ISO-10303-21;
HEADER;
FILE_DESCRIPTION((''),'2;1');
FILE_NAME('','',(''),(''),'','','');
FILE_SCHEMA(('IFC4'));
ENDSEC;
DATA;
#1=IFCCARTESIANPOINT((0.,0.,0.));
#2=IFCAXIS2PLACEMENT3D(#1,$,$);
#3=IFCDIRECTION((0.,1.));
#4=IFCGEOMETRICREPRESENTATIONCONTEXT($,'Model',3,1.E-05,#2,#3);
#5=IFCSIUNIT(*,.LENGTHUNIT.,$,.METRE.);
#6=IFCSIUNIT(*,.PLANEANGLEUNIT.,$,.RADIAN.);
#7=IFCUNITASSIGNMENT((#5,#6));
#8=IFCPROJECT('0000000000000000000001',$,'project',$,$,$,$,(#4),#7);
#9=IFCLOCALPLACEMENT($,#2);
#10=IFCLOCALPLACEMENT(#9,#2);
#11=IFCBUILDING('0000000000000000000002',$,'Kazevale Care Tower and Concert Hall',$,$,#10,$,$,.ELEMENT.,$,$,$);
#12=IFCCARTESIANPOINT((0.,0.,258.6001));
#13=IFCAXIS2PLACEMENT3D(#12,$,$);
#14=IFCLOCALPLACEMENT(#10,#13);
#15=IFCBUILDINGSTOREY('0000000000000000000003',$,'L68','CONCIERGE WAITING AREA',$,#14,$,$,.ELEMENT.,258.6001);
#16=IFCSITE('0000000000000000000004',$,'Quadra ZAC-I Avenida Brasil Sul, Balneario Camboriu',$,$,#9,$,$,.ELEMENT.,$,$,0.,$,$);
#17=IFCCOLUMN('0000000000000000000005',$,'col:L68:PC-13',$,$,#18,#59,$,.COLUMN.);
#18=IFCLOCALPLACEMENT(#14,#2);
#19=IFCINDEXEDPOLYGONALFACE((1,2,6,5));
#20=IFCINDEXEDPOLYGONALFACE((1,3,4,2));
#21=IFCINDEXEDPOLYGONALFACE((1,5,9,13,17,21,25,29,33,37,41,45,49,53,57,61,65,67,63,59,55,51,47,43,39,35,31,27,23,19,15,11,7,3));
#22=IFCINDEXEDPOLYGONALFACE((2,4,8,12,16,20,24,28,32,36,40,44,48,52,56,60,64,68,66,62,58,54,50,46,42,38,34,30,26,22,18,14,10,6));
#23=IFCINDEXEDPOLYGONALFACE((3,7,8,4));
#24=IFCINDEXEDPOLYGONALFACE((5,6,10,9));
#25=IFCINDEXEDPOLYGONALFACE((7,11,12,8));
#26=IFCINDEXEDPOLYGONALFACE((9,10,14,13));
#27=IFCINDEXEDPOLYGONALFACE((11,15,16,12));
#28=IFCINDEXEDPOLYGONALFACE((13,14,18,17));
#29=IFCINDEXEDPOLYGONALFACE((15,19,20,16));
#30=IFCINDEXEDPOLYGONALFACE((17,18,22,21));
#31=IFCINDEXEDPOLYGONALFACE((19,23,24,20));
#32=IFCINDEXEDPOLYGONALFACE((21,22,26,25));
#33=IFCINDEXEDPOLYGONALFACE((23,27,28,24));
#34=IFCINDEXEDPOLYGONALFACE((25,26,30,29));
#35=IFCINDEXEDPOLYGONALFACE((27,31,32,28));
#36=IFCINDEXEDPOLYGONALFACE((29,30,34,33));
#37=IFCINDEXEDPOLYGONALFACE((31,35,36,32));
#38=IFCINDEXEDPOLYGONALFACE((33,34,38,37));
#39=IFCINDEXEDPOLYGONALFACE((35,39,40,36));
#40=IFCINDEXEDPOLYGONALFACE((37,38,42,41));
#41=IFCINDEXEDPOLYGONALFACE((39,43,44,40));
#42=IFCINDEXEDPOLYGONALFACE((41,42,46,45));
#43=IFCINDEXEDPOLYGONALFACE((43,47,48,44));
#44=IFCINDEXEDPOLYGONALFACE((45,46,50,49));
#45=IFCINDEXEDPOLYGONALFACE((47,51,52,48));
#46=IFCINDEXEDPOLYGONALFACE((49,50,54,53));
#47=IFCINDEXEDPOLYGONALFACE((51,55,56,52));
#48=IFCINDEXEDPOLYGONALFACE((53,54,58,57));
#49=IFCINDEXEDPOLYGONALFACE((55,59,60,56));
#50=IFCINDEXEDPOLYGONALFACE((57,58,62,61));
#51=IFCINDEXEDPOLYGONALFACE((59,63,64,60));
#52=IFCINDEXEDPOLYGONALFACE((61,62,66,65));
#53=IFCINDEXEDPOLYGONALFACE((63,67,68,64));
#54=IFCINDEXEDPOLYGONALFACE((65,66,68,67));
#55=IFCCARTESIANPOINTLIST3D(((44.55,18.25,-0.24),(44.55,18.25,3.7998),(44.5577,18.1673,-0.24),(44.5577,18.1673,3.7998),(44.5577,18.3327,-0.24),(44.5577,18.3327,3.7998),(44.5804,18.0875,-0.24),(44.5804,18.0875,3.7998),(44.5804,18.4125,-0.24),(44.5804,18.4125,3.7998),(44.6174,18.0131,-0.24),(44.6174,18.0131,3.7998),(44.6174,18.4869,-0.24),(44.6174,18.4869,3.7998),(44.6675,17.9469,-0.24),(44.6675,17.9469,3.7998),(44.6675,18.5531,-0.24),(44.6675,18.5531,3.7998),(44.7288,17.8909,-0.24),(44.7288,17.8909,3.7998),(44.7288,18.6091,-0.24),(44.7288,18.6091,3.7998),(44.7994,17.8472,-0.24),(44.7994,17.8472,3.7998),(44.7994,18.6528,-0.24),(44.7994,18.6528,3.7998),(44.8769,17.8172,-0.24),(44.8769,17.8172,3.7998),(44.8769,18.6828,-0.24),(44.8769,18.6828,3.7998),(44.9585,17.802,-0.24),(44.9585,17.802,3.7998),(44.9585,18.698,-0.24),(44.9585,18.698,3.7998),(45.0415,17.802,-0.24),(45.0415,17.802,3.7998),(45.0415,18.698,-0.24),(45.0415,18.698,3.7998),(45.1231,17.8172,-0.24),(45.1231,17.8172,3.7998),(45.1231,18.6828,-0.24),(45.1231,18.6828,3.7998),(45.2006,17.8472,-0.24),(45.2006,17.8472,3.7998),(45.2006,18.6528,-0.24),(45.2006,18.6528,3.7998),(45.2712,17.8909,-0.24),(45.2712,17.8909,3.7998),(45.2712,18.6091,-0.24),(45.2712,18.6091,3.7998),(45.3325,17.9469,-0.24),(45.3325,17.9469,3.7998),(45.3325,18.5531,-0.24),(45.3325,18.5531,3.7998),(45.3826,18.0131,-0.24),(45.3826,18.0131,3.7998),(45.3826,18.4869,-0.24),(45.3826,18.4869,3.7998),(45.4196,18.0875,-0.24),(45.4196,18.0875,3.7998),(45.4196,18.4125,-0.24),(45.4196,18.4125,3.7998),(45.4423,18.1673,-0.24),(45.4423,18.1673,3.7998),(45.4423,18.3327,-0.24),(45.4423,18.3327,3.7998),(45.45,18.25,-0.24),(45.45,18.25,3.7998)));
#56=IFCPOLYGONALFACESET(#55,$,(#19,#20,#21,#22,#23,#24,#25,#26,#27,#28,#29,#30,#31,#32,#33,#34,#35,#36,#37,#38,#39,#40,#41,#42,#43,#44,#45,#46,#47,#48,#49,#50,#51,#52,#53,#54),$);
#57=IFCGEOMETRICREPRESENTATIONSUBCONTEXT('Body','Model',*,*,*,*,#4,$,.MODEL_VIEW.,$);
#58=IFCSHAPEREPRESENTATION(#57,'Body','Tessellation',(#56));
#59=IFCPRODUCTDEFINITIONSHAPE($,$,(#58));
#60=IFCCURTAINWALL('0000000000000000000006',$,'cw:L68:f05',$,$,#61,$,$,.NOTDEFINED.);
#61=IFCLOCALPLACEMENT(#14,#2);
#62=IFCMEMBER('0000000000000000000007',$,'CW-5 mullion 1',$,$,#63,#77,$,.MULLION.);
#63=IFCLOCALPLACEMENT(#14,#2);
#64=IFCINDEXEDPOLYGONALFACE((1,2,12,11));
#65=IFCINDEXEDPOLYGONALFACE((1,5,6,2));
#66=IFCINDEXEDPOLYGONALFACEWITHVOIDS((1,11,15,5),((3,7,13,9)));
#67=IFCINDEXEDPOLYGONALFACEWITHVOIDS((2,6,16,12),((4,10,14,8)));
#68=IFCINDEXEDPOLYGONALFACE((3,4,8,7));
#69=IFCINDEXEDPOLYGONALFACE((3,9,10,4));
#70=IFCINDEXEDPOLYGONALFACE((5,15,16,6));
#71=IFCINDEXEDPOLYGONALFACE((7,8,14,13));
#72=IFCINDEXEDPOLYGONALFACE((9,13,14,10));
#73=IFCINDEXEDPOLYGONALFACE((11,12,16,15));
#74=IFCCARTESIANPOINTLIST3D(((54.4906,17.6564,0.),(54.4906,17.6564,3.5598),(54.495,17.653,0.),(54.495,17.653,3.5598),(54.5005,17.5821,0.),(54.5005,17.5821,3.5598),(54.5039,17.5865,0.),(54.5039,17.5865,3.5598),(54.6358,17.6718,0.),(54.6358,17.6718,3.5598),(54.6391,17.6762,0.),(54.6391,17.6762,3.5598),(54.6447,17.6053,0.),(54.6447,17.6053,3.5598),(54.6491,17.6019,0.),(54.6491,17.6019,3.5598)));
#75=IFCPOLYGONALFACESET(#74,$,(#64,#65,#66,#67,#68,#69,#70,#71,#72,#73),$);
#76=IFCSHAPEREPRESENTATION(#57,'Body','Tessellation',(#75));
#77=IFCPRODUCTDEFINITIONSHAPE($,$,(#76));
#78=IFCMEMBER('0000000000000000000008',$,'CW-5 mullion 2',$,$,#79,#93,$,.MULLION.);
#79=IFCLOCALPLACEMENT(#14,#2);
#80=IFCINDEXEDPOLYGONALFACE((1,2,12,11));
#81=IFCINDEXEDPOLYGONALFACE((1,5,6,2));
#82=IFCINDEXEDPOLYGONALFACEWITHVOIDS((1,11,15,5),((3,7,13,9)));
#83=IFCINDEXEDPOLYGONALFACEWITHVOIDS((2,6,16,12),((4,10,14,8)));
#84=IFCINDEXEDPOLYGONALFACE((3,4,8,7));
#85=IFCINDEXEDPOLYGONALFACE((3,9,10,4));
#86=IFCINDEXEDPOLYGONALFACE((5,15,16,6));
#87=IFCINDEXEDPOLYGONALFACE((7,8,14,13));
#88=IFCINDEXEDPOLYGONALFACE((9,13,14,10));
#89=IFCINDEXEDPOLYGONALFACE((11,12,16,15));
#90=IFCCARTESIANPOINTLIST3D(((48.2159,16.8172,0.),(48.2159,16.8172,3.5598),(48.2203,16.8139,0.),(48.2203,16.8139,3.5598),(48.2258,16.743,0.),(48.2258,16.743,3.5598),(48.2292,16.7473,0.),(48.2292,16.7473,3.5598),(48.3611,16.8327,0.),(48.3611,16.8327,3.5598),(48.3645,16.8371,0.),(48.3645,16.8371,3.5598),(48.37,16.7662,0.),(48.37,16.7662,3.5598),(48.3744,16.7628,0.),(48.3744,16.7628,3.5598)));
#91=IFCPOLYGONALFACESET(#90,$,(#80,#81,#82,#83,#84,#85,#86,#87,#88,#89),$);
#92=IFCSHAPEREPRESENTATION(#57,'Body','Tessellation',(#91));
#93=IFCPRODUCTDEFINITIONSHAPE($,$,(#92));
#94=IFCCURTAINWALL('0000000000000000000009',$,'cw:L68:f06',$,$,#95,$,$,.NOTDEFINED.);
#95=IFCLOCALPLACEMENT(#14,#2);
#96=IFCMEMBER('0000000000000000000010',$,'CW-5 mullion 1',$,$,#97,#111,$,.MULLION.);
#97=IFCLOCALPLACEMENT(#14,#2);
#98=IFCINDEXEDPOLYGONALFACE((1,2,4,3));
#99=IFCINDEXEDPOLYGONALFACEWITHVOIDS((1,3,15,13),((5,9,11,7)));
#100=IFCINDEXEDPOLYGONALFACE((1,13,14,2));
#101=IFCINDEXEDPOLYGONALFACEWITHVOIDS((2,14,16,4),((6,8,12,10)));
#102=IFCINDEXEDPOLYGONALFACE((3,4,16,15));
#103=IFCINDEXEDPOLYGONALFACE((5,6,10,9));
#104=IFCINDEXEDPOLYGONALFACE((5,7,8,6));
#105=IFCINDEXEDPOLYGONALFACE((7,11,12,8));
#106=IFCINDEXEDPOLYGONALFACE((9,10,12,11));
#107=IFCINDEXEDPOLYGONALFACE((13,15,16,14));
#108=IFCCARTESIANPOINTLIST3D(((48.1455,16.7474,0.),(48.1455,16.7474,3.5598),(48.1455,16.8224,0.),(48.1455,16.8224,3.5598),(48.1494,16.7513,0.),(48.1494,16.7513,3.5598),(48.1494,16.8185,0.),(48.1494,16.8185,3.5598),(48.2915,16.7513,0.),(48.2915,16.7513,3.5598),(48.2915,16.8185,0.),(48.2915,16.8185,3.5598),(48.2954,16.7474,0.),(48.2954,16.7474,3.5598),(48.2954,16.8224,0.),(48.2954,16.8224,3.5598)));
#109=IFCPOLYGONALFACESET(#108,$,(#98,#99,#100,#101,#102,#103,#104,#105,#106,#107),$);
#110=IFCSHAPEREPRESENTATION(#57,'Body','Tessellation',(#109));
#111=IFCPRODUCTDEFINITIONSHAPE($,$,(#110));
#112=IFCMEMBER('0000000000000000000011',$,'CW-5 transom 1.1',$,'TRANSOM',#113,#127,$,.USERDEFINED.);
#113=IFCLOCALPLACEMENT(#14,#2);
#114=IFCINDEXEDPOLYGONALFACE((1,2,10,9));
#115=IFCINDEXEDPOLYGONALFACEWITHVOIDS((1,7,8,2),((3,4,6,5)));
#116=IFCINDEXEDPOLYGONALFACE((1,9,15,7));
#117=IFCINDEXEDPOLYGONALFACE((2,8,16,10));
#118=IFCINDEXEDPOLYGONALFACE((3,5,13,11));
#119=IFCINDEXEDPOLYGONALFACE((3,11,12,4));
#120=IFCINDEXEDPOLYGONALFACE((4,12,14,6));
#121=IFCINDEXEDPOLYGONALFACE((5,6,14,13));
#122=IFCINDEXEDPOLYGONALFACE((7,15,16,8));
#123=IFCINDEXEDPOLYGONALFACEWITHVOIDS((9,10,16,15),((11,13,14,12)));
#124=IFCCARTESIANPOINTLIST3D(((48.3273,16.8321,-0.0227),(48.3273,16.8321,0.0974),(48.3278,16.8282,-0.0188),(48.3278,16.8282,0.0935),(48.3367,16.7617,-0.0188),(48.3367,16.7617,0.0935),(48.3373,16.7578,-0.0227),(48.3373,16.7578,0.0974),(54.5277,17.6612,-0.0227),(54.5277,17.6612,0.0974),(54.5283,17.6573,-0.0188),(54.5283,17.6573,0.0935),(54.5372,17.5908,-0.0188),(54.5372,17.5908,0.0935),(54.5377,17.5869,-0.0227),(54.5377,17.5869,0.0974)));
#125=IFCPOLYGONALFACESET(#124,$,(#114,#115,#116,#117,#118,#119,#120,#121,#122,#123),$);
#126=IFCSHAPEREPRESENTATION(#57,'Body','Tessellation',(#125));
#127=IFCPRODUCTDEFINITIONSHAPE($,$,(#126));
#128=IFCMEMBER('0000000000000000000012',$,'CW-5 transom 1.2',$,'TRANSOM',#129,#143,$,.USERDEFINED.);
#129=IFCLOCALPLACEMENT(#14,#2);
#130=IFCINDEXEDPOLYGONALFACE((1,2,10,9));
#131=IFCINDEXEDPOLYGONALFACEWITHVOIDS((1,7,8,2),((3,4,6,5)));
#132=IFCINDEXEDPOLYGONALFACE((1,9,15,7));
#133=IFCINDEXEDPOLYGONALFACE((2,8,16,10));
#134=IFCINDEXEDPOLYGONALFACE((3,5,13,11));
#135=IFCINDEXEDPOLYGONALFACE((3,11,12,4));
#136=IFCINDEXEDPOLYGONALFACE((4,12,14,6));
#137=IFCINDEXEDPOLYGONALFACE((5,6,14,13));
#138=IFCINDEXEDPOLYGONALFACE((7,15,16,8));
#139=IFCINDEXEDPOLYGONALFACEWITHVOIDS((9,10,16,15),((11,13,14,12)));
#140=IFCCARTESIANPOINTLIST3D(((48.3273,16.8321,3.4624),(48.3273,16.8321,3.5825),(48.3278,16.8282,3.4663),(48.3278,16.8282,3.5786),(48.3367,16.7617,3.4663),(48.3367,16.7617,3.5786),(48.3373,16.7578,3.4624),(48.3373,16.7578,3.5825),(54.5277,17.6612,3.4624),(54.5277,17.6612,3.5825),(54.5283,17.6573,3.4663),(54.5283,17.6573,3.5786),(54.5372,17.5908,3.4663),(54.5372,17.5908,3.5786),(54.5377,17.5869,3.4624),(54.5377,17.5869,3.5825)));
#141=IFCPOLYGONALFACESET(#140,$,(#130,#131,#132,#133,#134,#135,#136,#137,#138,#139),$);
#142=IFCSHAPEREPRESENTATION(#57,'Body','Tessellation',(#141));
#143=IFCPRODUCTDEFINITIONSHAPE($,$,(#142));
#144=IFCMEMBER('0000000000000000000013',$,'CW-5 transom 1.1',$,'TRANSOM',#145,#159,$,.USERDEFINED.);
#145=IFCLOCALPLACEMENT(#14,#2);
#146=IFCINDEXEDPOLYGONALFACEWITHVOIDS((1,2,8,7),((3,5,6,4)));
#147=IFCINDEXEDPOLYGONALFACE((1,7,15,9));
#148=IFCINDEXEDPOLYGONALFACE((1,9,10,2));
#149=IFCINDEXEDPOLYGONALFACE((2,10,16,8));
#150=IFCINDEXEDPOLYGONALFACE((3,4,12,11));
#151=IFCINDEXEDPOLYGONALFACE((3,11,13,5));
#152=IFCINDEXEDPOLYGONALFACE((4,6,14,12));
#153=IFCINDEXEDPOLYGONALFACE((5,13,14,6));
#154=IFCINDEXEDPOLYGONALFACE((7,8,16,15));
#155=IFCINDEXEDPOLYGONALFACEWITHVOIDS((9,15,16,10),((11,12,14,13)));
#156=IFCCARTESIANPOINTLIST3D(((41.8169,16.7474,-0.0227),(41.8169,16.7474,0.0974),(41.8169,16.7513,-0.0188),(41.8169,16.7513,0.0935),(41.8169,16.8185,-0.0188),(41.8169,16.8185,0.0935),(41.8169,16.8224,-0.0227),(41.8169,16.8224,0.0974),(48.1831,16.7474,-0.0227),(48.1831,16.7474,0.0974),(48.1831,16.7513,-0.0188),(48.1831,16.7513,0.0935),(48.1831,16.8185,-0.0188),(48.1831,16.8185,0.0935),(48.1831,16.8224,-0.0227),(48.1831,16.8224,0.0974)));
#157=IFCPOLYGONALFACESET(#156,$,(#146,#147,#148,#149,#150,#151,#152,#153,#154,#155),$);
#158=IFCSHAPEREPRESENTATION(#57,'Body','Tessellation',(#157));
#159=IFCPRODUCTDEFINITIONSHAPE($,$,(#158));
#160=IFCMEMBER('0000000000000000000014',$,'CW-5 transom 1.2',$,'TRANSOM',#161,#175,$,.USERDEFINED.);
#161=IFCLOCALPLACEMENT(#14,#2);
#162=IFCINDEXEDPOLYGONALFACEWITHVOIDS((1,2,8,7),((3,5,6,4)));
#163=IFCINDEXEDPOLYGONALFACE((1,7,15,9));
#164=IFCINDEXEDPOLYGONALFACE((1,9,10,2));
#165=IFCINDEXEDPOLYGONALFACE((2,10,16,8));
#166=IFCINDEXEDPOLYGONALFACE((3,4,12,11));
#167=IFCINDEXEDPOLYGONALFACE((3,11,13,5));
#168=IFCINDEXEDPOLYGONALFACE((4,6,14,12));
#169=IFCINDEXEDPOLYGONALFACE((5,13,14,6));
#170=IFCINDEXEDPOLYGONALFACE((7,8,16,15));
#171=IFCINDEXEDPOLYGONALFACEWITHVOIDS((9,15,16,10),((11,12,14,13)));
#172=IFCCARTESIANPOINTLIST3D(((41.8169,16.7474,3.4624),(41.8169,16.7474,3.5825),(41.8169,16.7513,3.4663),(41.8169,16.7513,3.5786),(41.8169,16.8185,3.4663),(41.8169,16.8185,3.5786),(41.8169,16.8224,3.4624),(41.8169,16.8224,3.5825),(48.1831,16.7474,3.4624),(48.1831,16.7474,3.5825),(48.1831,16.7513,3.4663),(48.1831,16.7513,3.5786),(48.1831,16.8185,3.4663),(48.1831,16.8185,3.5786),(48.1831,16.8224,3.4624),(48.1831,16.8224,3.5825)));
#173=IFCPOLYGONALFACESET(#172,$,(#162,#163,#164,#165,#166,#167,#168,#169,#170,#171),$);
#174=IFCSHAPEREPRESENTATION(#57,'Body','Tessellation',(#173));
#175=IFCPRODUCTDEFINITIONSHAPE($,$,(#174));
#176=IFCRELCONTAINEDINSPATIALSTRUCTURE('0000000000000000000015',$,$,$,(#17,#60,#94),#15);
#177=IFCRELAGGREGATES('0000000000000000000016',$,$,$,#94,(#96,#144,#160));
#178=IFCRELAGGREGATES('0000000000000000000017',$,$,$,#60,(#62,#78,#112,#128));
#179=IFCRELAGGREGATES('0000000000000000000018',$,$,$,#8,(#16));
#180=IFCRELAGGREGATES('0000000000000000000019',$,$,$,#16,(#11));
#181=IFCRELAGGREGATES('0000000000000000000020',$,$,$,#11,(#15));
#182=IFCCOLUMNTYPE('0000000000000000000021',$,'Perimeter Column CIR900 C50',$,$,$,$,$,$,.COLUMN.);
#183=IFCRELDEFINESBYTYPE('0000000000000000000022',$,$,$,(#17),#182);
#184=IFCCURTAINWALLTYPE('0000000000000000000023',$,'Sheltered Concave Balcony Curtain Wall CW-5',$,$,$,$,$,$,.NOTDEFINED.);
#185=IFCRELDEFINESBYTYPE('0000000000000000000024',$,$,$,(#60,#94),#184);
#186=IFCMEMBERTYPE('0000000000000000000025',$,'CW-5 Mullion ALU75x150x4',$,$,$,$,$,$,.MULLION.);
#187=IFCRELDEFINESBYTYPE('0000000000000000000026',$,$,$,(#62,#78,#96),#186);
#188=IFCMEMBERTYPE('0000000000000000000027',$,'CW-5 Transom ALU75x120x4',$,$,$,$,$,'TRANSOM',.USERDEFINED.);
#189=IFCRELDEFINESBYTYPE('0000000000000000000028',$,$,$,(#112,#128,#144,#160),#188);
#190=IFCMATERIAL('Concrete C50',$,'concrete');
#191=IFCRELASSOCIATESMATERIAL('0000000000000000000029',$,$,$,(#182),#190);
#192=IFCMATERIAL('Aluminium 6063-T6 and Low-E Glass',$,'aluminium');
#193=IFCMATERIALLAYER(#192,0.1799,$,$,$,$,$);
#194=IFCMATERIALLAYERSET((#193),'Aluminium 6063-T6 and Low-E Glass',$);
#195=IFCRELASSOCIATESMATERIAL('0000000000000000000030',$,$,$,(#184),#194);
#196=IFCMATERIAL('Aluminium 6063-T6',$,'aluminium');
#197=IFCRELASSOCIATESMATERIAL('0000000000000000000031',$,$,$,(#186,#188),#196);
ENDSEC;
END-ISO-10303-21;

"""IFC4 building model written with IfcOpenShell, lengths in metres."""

from ifc_helpers import new_model, si_unit, direction, frame, origin, origin_2d, place, context, subcontext, project, spatial, hollow_rectangle, circle, extrude, material, layer, layer_set, material_profile, profile_set, type_object, element, aggregate, save


model = new_model("IFC4")

# Units and contexts
model_context = context("Model", 3, precision=1e-05, world=origin(), true_north=direction((0.0, 1.0)))
body_context = subcontext(model_context, "Body", "Model", "MODEL_VIEW")
ifc_project = project(units=[si_unit("LENGTHUNIT", "METRE"), si_unit("PLANEANGLEUNIT", "RADIAN")], contexts=[model_context])

# Site, building, storey
site_placement = place(None, origin())
site = spatial("IfcSite", under=ifc_project, at=site_placement, Name="Quadra ZAC-I Avenida Brasil Sul, Balneario Camboriu", CompositionType="ELEMENT", RefElevation=0.0)
building_placement = place(site_placement, origin())
building = spatial("IfcBuilding", under=site, at=building_placement, Name="Kazevale Care Tower and Concert Hall", CompositionType="ELEMENT")
storey_placement = place(building_placement, frame((0.0, 0.0, 258.6001)))
storey = spatial("IfcBuildingStorey", under=building, at=storey_placement, Name="L68", Description="CONCIERGE WAITING AREA", CompositionType="ELEMENT", Elevation=258.6001)

# Column
ifc_material_1 = material(Name="Concrete C50", Category="concrete")
ifc_material_profile_1 = material_profile(ifc_material_1, circle(Radius=0.45, at=origin_2d()), Name="RC-CIR900")
ifc_profile_set_1 = profile_set([ifc_material_profile_1], Name="Concrete C50")
column_type = type_object("IfcColumnType", Name="Perimeter Column CIR900 C50", PredefinedType="COLUMN", material=ifc_profile_set_1)
column_placement = place(storey_placement, frame((45.0, 18.25, -0.24), z_axis=(0.0, 0.0, 1.0), x_axis=(1.0, 0.0, 0.0)))
element("IfcColumn", 1, at=column_placement, inside=storey, type_object=column_type, Name="col:L68:PC-13", PredefinedType="COLUMN", context=body_context, shape_type="SweptSolid", body=[
    extrude(circle(Radius=0.45, at=origin_2d()), origin(), (0.0, 0.0, 1.0), 4.0398),
])

# Curtain wall, members
ifc_material_2 = material(Name="Aluminium 6063-T6 and Low-E Glass", Category="aluminium")
ifc_layer_1 = layer(ifc_material_2, 0.1799)
ifc_layer_set_1 = layer_set([ifc_layer_1], Name="Aluminium 6063-T6 and Low-E Glass")
curtain_wall_type = type_object("IfcCurtainWallType", Name="Sheltered Concave Balcony Curtain Wall CW-5", PredefinedType="NOTDEFINED", material=ifc_layer_set_1)
curtain_wall_1_placement = place(storey_placement, origin())
curtain_wall_1 = element("IfcCurtainWall", 2, at=curtain_wall_1_placement, inside=storey, type_object=curtain_wall_type, Name="cw:L68:f05", PredefinedType="NOTDEFINED")
ifc_material_3 = material(Name="Aluminium 6063-T6", Category="aluminium")
ifc_material_profile_2 = material_profile(ifc_material_3, hollow_rectangle(XDim=0.075, YDim=0.1499, WallThickness=0.0039, at=origin_2d()), Name="ALU75x150x4")
ifc_profile_set_2 = profile_set([ifc_material_profile_2], Name="Aluminium 6063-T6")
member_type_1 = type_object("IfcMemberType", Name="CW-5 Mullion ALU75x150x4", PredefinedType="MULLION", material=ifc_profile_set_2)
member_1_placement = place(storey_placement, frame((54.5698, 17.6292, 0.0), z_axis=(0.0, 0.0, 1.0), x_axis=(0.132542, -0.991177, 0.0)))
member_1 = element("IfcMember", 3, at=member_1_placement, type_object=member_type_1, Name="CW-5 mullion 1", PredefinedType="MULLION", context=body_context, shape_type="SweptSolid", body=[
    extrude(hollow_rectangle(XDim=0.075, YDim=0.1499, WallThickness=0.0039, at=origin_2d()), origin(), (0.0, 0.0, 1.0), 3.5598),
])
member_2_placement = place(storey_placement, frame((48.2952, 16.79, 0.0), z_axis=(0.0, 0.0, 1.0), x_axis=(0.132542, -0.991177, 0.0)))
member_2 = element("IfcMember", 4, at=member_2_placement, type_object=member_type_1, Name="CW-5 mullion 2", PredefinedType="MULLION", context=body_context, shape_type="SweptSolid", body=[
    extrude(hollow_rectangle(XDim=0.075, YDim=0.1499, WallThickness=0.0039, at=origin_2d()), origin(), (0.0, 0.0, 1.0), 3.5598),
])

# Curtain wall, member
curtain_wall_2_placement = place(storey_placement, origin())
curtain_wall_2 = element("IfcCurtainWall", 5, at=curtain_wall_2_placement, inside=storey, type_object=curtain_wall_type, Name="cw:L68:f06", PredefinedType="NOTDEFINED")
member_3_placement = place(storey_placement, frame((48.2205, 16.7849, 0.0), z_axis=(0.0, 0.0, 1.0), x_axis=(0.0, -1.0, 0.0)))
member_3 = element("IfcMember", 6, at=member_3_placement, type_object=member_type_1, Name="CW-5 mullion 1", PredefinedType="MULLION", context=body_context, shape_type="SweptSolid", body=[
    extrude(hollow_rectangle(XDim=0.075, YDim=0.1499, WallThickness=0.0039, at=origin_2d()), origin(), (0.0, 0.0, 1.0), 3.5598),
])

# Members
ifc_material_profile_3 = material_profile(ifc_material_3, hollow_rectangle(XDim=0.075, YDim=0.1201, WallThickness=0.0039, at=origin_2d()), Name="ALU75x120x4")
ifc_profile_set_3 = profile_set([ifc_material_profile_3], Name="Aluminium 6063-T6")
member_type_2 = type_object("IfcMemberType", Name="CW-5 Transom ALU75x120x4", ElementType="TRANSOM", PredefinedType="USERDEFINED", material=ifc_profile_set_3)
member_4_placement = place(storey_placement, frame((54.5327, 17.624, 0.0374), z_axis=(-0.991178, -0.132537, 0.0), x_axis=(0.132537, -0.991178, 0.0)))
member_4 = element("IfcMember", 7, at=member_4_placement, type_object=member_type_2, Name="CW-5 transom 1.1", ObjectType="TRANSOM", PredefinedType="USERDEFINED", context=body_context, shape_type="SweptSolid", body=[
    extrude(hollow_rectangle(XDim=0.075, YDim=0.1201, WallThickness=0.0039, at=origin_2d()), origin(), (0.0, 0.0, 1.0), 6.2556),
])
member_5_placement = place(storey_placement, frame((54.5327, 17.624, 3.5225), z_axis=(-0.991178, -0.132537, 0.0), x_axis=(0.132537, -0.991178, 0.0)))
member_5 = element("IfcMember", 8, at=member_5_placement, type_object=member_type_2, Name="CW-5 transom 1.2", ObjectType="TRANSOM", PredefinedType="USERDEFINED", context=body_context, shape_type="SweptSolid", body=[
    extrude(hollow_rectangle(XDim=0.075, YDim=0.1201, WallThickness=0.0039, at=origin_2d()), origin(), (0.0, 0.0, 1.0), 6.2556),
])
member_6_placement = place(storey_placement, frame((48.1831, 16.7849, 0.0374), z_axis=(-1.0, 0.0, 0.0), x_axis=(0.0, -1.0, 0.0)))
member_6 = element("IfcMember", 9, at=member_6_placement, type_object=member_type_2, Name="CW-5 transom 1.1", ObjectType="TRANSOM", PredefinedType="USERDEFINED", context=body_context, shape_type="SweptSolid", body=[
    extrude(hollow_rectangle(XDim=0.075, YDim=0.1201, WallThickness=0.0039, at=origin_2d()), origin(), (0.0, 0.0, 1.0), 6.3662),
])
member_7_placement = place(storey_placement, frame((48.1831, 16.7849, 3.5225), z_axis=(-1.0, 0.0, 0.0), x_axis=(0.0, -1.0, 0.0)))
member_7 = element("IfcMember", 10, at=member_7_placement, type_object=member_type_2, Name="CW-5 transom 1.2", ObjectType="TRANSOM", PredefinedType="USERDEFINED", context=body_context, shape_type="SweptSolid", body=[
    extrude(hollow_rectangle(XDim=0.075, YDim=0.1201, WallThickness=0.0039, at=origin_2d()), origin(), (0.0, 0.0, 1.0), 6.3662),
])
aggregate(curtain_wall_2, [member_3, member_6, member_7])

aggregate(curtain_wall_1, [member_1, member_2, member_4, member_5])

save(model, "model.ifc")
